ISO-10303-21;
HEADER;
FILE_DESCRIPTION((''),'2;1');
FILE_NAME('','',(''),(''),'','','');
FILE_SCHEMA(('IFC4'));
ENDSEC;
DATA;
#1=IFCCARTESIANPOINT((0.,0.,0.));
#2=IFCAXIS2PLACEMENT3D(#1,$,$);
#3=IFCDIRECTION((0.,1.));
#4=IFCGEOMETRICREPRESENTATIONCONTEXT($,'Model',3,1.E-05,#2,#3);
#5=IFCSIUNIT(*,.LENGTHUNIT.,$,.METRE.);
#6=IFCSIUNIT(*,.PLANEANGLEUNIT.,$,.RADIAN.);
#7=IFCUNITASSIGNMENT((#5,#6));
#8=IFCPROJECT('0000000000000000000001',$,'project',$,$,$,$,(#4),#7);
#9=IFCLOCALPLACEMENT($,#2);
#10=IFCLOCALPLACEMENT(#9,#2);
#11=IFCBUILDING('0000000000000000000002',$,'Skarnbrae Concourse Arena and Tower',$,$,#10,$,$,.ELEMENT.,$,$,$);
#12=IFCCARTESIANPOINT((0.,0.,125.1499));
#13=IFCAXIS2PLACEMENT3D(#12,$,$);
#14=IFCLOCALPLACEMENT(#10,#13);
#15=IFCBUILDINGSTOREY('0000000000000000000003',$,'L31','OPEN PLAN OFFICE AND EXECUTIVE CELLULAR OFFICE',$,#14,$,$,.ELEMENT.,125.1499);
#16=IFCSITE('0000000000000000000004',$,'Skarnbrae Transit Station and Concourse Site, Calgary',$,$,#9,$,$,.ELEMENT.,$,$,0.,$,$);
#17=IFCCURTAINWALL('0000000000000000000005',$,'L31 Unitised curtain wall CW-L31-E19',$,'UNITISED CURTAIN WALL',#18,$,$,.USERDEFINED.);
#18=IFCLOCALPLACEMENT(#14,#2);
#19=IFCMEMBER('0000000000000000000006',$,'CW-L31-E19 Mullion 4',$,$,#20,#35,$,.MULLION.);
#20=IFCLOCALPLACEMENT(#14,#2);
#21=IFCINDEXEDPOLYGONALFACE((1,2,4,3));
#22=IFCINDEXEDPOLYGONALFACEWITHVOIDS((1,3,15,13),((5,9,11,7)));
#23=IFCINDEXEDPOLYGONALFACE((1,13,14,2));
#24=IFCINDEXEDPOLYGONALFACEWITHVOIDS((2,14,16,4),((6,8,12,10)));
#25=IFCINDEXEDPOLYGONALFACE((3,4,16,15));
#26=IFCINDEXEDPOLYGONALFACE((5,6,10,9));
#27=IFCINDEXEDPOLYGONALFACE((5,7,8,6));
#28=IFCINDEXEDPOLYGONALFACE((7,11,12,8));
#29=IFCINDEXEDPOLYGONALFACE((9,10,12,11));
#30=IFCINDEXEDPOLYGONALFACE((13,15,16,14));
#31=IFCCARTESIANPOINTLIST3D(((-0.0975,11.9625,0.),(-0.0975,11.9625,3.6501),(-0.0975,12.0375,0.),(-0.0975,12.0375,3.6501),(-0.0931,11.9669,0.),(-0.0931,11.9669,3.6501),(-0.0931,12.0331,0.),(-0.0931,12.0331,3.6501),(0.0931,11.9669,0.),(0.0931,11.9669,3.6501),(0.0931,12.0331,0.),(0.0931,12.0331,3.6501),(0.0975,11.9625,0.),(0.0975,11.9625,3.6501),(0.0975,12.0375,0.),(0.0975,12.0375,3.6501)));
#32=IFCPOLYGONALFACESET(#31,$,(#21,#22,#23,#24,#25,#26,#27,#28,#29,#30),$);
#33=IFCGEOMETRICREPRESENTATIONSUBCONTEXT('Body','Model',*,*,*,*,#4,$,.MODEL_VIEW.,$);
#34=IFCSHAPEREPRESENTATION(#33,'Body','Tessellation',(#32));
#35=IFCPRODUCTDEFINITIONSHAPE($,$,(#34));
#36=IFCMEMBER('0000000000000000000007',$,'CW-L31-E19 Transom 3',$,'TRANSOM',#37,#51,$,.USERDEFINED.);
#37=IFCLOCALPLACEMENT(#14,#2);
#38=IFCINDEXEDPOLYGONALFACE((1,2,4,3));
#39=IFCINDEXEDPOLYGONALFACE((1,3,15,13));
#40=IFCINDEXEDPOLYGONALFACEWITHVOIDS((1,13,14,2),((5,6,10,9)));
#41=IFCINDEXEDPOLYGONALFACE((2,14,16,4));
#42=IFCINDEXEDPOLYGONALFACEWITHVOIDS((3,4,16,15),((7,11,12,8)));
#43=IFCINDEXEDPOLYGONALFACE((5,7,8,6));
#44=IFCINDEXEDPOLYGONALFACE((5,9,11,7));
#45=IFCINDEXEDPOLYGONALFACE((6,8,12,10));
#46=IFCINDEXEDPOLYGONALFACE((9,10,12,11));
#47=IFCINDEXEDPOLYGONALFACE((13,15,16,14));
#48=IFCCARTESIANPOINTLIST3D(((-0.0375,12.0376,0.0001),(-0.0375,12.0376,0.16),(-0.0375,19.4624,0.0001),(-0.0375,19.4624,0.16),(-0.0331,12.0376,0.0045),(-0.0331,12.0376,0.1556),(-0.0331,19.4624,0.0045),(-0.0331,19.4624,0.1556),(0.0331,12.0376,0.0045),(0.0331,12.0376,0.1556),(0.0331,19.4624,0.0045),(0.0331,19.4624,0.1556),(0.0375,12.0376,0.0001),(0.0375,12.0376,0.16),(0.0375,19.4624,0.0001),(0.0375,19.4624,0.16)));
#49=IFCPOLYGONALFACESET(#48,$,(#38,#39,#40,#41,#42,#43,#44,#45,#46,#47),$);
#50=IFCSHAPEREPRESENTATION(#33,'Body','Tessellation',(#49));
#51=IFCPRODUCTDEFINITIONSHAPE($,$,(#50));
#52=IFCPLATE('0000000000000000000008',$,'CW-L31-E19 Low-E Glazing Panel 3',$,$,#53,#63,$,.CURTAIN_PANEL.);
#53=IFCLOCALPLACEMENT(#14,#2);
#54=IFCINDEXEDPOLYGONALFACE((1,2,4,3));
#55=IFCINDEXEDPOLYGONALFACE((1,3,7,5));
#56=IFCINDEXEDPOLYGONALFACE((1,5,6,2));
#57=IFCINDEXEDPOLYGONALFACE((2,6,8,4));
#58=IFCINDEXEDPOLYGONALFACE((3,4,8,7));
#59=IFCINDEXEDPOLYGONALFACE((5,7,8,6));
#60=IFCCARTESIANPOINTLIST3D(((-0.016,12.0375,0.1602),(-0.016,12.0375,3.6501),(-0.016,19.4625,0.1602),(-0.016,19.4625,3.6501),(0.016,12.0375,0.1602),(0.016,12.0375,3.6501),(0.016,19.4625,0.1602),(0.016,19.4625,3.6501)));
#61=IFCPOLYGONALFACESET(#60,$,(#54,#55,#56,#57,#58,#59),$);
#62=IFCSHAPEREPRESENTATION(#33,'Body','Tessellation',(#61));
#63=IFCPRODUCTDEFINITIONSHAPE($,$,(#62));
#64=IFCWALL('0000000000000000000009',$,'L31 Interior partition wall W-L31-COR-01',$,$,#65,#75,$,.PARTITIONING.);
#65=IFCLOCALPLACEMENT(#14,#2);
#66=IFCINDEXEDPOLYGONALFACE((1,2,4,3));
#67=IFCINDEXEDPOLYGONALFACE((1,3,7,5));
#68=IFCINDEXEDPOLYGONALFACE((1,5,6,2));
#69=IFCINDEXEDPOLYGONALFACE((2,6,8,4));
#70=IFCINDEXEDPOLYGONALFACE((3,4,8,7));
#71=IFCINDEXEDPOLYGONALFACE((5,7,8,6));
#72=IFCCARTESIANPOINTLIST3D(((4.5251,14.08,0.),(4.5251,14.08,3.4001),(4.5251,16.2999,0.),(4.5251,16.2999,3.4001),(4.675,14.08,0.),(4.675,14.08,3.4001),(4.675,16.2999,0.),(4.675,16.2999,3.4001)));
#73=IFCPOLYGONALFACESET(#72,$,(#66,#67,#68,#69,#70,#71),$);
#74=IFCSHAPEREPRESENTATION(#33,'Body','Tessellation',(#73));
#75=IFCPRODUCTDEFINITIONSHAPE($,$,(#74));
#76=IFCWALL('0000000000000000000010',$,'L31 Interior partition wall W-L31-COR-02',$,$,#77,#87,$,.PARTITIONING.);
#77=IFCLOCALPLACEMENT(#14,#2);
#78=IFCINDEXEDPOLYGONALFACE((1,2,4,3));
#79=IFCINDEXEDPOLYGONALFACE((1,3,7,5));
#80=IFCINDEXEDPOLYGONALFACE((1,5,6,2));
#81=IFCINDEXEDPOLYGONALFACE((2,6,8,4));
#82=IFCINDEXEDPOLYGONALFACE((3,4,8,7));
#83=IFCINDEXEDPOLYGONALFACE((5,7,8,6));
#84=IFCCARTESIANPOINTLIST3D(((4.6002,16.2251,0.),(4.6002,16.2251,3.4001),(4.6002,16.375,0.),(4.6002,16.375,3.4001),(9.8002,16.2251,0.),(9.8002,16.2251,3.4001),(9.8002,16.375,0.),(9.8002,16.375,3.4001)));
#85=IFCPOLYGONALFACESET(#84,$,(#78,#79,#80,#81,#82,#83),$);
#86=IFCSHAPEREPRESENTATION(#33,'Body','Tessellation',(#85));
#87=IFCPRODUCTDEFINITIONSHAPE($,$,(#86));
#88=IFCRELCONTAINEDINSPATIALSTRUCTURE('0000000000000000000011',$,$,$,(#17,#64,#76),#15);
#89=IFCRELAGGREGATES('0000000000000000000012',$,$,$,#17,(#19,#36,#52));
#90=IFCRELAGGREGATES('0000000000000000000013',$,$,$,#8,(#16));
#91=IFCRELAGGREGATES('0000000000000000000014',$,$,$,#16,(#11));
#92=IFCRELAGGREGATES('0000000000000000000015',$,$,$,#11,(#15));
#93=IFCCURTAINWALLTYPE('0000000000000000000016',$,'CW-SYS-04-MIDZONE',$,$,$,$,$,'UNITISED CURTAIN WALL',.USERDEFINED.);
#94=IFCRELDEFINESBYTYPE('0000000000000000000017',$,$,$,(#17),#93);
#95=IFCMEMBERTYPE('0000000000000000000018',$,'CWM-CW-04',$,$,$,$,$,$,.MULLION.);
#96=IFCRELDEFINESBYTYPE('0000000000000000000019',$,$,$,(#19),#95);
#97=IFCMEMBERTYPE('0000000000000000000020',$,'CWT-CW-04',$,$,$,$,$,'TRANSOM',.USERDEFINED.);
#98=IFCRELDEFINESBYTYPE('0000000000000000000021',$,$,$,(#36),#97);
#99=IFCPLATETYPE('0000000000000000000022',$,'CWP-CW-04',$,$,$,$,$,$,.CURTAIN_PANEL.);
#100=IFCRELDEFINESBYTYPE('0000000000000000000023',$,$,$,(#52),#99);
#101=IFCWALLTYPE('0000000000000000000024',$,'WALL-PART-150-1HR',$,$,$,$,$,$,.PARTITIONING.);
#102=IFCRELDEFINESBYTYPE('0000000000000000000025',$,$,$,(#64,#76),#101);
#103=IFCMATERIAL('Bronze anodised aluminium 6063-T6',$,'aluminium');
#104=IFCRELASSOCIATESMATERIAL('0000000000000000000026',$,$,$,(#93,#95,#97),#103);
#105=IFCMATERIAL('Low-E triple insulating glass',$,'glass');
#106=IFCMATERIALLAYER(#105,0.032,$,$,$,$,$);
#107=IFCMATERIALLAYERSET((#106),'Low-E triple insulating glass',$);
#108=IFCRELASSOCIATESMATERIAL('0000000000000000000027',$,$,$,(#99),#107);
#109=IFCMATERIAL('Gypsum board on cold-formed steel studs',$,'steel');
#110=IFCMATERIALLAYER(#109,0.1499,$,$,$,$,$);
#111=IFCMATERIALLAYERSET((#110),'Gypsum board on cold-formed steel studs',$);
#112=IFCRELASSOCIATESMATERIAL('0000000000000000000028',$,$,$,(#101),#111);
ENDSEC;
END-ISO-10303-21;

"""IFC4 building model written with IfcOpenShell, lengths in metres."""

from ifc_helpers import new_model, si_unit, direction, frame, frame_2d, origin, origin_2d, place, context, subcontext, project, spatial, rectangle, hollow_rectangle, extrude, source, transform, mapped, material, layer, layer_set, material_profile, profile_set, type_object, element, aggregate, save


model = new_model("IFC4")

# Units and contexts
model_context = context("Model", 3, precision=1e-05, world=origin(), true_north=direction((0.0, 1.0)))
body_context = subcontext(model_context, "Body", "Model", "MODEL_VIEW")
ifc_project = project(units=[si_unit("LENGTHUNIT", "METRE"), si_unit("PLANEANGLEUNIT", "RADIAN")], contexts=[model_context])

# Site, building, storey
site_placement = place(None, origin())
site = spatial("IfcSite", under=ifc_project, at=site_placement, Name="Skarnbrae Transit Station and Concourse Site, Calgary", CompositionType="ELEMENT", RefElevation=0.0)
building_placement = place(site_placement, origin())
building = spatial("IfcBuilding", under=site, at=building_placement, Name="Skarnbrae Concourse Arena and Tower", CompositionType="ELEMENT")
storey_placement = place(building_placement, frame((0.0, 0.0, 125.1499)))
storey = spatial("IfcBuildingStorey", under=building, at=storey_placement, Name="L31", Description="OPEN PLAN OFFICE AND EXECUTIVE CELLULAR OFFICE", CompositionType="ELEMENT", Elevation=125.1499)

# Curtain wall, members, plate
ifc_material_1 = material(Name="Bronze anodised aluminium 6063-T6", Category="aluminium")
curtain_wall_type = type_object("IfcCurtainWallType", Name="CW-SYS-04-MIDZONE", ElementType="UNITISED CURTAIN WALL", PredefinedType="USERDEFINED", material=ifc_material_1)
curtain_wall_placement = place(storey_placement, origin())
curtain_wall = element("IfcCurtainWall", 1, at=curtain_wall_placement, inside=storey, type_object=curtain_wall_type, Name="L31 Unitised curtain wall CW-L31-E19", ObjectType="UNITISED CURTAIN WALL", PredefinedType="USERDEFINED")
ifc_material_profile_1 = material_profile(ifc_material_1, hollow_rectangle(XDim=0.075, YDim=0.1951, WallThickness=0.0044, at=origin_2d()), Name="ALU-MULL-75X195")
ifc_profile_set_1 = profile_set([ifc_material_profile_1], Name="Bronze anodised aluminium 6063-T6")
member_type_1 = type_object("IfcMemberType", Name="CWM-CW-04", PredefinedType="MULLION", material=ifc_profile_set_1)
shared_shape_1 = source(origin(), body_context, "Body", "SweptSolid", [
    extrude(hollow_rectangle(XDim=0.075, YDim=0.1951, WallThickness=0.0044, at=origin_2d()), origin(), (0.0, 0.0, 1.0), 3.6501),
])
member_1_placement = place(storey_placement, frame((0.0, 12.0, 0.0), z_axis=(0.0, 0.0, 1.0), x_axis=(0.0, -1.0, 0.0)))
member_1 = element("IfcMember", 2, at=member_1_placement, type_object=member_type_1, Name="CW-L31-E19 Mullion 4", PredefinedType="MULLION", context=body_context, shape_type="MappedRepresentation", body=[
    mapped(shared_shape_1, transform((0.0, 0.0, 0.0))),
])
ifc_material_profile_2 = material_profile(ifc_material_1, hollow_rectangle(XDim=0.075, YDim=0.1599, WallThickness=0.0044, at=origin_2d()), Name="ALU-TRAN-75X160")
ifc_profile_set_2 = profile_set([ifc_material_profile_2], Name="Bronze anodised aluminium 6063-T6")
member_type_2 = type_object("IfcMemberType", Name="CWT-CW-04", ElementType="TRANSOM", PredefinedType="USERDEFINED", material=ifc_profile_set_2)
shared_shape_2 = source(origin(), body_context, "Body", "SweptSolid", [
    extrude(hollow_rectangle(XDim=0.075, YDim=0.1599, WallThickness=0.0044, at=origin_2d()), origin(), (0.0, 0.0, 1.0), 7.4248),
])
member_2_placement = place(storey_placement, frame((0.0, 19.4624, 0.0801), z_axis=(0.0, -1.0, 0.0), x_axis=(1.0, 0.0, 0.0)))
member_2 = element("IfcMember", 3, at=member_2_placement, type_object=member_type_2, Name="CW-L31-E19 Transom 3", ObjectType="TRANSOM", PredefinedType="USERDEFINED", context=body_context, shape_type="MappedRepresentation", body=[
    mapped(shared_shape_2, transform((0.0, 0.0, 0.0))),
])
ifc_material_2 = material(Name="Low-E triple insulating glass", Category="glass")
ifc_layer_1 = layer(ifc_material_2, 0.032)
ifc_layer_set_1 = layer_set([ifc_layer_1], Name="Low-E triple insulating glass")
plate_type = type_object("IfcPlateType", Name="CWP-CW-04", PredefinedType="CURTAIN_PANEL", material=ifc_layer_set_1)
shared_shape_3 = source(origin(), body_context, "Body", "SweptSolid", [
    extrude(rectangle(XDim=7.425, YDim=0.032, at=origin_2d()), origin(), (0.0, 0.0, 1.0), 3.49),
])
plate_placement = place(storey_placement, frame((0.0, 15.75, 0.1602), z_axis=(0.0, 0.0, 1.0), x_axis=(0.0, -1.0, 0.0)))
plate = element("IfcPlate", 4, at=plate_placement, type_object=plate_type, Name="CW-L31-E19 Low-E Glazing Panel 3", PredefinedType="CURTAIN_PANEL", context=body_context, shape_type="MappedRepresentation", body=[
    mapped(shared_shape_3, transform((0.0, 0.0, 0.0))),
])
aggregate(curtain_wall, [member_1, member_2, plate])

# Walls
ifc_material_3 = material(Name="Gypsum board on cold-formed steel studs", Category="steel")
ifc_layer_2 = layer(ifc_material_3, 0.1499)
ifc_layer_set_2 = layer_set([ifc_layer_2], Name="Gypsum board on cold-formed steel studs")
wall_type_1 = type_object("IfcWallType", Name="WALL-PART-150-1HR", PredefinedType="PARTITIONING", material=ifc_layer_set_2)
shared_shape_4 = source(origin(), body_context, "Body", "SweptSolid", [
    extrude(rectangle(XDim=2.22, YDim=0.1499, at=frame_2d((1.1099, 0.0))), origin(), (0.0, 0.0, 1.0), 3.4001),
])
wall_1_placement = place(storey_placement, frame((4.6001, 14.0801, 0.0), z_axis=(0.0, 0.0, 1.0), x_axis=(0.0, 1.0, 0.0)))
element("IfcWall", 5, at=wall_1_placement, inside=storey, type_object=wall_type_1, Name="L31 Interior partition wall W-L31-COR-01", PredefinedType="PARTITIONING", context=body_context, shape_type="MappedRepresentation", body=[
    mapped(shared_shape_4, transform((0.0, 0.0, 0.0))),
])
shared_shape_5 = source(origin(), body_context, "Body", "SweptSolid", [
    extrude(rectangle(XDim=5.2, YDim=0.1499, at=frame_2d((2.6001, 0.0))), origin(), (0.0, 0.0, 1.0), 3.4001),
])
wall_2_placement = place(storey_placement, frame((4.6001, 16.3, 0.0), z_axis=(0.0, 0.0, 1.0), x_axis=(1.0, 0.0, 0.0)))
element("IfcWall", 6, at=wall_2_placement, inside=storey, type_object=wall_type_1, Name="L31 Interior partition wall W-L31-COR-02", PredefinedType="PARTITIONING", context=body_context, shape_type="MappedRepresentation", body=[
    mapped(shared_shape_5, transform((0.0, 0.0, 0.0))),
])

save(model, "model.ifc")
